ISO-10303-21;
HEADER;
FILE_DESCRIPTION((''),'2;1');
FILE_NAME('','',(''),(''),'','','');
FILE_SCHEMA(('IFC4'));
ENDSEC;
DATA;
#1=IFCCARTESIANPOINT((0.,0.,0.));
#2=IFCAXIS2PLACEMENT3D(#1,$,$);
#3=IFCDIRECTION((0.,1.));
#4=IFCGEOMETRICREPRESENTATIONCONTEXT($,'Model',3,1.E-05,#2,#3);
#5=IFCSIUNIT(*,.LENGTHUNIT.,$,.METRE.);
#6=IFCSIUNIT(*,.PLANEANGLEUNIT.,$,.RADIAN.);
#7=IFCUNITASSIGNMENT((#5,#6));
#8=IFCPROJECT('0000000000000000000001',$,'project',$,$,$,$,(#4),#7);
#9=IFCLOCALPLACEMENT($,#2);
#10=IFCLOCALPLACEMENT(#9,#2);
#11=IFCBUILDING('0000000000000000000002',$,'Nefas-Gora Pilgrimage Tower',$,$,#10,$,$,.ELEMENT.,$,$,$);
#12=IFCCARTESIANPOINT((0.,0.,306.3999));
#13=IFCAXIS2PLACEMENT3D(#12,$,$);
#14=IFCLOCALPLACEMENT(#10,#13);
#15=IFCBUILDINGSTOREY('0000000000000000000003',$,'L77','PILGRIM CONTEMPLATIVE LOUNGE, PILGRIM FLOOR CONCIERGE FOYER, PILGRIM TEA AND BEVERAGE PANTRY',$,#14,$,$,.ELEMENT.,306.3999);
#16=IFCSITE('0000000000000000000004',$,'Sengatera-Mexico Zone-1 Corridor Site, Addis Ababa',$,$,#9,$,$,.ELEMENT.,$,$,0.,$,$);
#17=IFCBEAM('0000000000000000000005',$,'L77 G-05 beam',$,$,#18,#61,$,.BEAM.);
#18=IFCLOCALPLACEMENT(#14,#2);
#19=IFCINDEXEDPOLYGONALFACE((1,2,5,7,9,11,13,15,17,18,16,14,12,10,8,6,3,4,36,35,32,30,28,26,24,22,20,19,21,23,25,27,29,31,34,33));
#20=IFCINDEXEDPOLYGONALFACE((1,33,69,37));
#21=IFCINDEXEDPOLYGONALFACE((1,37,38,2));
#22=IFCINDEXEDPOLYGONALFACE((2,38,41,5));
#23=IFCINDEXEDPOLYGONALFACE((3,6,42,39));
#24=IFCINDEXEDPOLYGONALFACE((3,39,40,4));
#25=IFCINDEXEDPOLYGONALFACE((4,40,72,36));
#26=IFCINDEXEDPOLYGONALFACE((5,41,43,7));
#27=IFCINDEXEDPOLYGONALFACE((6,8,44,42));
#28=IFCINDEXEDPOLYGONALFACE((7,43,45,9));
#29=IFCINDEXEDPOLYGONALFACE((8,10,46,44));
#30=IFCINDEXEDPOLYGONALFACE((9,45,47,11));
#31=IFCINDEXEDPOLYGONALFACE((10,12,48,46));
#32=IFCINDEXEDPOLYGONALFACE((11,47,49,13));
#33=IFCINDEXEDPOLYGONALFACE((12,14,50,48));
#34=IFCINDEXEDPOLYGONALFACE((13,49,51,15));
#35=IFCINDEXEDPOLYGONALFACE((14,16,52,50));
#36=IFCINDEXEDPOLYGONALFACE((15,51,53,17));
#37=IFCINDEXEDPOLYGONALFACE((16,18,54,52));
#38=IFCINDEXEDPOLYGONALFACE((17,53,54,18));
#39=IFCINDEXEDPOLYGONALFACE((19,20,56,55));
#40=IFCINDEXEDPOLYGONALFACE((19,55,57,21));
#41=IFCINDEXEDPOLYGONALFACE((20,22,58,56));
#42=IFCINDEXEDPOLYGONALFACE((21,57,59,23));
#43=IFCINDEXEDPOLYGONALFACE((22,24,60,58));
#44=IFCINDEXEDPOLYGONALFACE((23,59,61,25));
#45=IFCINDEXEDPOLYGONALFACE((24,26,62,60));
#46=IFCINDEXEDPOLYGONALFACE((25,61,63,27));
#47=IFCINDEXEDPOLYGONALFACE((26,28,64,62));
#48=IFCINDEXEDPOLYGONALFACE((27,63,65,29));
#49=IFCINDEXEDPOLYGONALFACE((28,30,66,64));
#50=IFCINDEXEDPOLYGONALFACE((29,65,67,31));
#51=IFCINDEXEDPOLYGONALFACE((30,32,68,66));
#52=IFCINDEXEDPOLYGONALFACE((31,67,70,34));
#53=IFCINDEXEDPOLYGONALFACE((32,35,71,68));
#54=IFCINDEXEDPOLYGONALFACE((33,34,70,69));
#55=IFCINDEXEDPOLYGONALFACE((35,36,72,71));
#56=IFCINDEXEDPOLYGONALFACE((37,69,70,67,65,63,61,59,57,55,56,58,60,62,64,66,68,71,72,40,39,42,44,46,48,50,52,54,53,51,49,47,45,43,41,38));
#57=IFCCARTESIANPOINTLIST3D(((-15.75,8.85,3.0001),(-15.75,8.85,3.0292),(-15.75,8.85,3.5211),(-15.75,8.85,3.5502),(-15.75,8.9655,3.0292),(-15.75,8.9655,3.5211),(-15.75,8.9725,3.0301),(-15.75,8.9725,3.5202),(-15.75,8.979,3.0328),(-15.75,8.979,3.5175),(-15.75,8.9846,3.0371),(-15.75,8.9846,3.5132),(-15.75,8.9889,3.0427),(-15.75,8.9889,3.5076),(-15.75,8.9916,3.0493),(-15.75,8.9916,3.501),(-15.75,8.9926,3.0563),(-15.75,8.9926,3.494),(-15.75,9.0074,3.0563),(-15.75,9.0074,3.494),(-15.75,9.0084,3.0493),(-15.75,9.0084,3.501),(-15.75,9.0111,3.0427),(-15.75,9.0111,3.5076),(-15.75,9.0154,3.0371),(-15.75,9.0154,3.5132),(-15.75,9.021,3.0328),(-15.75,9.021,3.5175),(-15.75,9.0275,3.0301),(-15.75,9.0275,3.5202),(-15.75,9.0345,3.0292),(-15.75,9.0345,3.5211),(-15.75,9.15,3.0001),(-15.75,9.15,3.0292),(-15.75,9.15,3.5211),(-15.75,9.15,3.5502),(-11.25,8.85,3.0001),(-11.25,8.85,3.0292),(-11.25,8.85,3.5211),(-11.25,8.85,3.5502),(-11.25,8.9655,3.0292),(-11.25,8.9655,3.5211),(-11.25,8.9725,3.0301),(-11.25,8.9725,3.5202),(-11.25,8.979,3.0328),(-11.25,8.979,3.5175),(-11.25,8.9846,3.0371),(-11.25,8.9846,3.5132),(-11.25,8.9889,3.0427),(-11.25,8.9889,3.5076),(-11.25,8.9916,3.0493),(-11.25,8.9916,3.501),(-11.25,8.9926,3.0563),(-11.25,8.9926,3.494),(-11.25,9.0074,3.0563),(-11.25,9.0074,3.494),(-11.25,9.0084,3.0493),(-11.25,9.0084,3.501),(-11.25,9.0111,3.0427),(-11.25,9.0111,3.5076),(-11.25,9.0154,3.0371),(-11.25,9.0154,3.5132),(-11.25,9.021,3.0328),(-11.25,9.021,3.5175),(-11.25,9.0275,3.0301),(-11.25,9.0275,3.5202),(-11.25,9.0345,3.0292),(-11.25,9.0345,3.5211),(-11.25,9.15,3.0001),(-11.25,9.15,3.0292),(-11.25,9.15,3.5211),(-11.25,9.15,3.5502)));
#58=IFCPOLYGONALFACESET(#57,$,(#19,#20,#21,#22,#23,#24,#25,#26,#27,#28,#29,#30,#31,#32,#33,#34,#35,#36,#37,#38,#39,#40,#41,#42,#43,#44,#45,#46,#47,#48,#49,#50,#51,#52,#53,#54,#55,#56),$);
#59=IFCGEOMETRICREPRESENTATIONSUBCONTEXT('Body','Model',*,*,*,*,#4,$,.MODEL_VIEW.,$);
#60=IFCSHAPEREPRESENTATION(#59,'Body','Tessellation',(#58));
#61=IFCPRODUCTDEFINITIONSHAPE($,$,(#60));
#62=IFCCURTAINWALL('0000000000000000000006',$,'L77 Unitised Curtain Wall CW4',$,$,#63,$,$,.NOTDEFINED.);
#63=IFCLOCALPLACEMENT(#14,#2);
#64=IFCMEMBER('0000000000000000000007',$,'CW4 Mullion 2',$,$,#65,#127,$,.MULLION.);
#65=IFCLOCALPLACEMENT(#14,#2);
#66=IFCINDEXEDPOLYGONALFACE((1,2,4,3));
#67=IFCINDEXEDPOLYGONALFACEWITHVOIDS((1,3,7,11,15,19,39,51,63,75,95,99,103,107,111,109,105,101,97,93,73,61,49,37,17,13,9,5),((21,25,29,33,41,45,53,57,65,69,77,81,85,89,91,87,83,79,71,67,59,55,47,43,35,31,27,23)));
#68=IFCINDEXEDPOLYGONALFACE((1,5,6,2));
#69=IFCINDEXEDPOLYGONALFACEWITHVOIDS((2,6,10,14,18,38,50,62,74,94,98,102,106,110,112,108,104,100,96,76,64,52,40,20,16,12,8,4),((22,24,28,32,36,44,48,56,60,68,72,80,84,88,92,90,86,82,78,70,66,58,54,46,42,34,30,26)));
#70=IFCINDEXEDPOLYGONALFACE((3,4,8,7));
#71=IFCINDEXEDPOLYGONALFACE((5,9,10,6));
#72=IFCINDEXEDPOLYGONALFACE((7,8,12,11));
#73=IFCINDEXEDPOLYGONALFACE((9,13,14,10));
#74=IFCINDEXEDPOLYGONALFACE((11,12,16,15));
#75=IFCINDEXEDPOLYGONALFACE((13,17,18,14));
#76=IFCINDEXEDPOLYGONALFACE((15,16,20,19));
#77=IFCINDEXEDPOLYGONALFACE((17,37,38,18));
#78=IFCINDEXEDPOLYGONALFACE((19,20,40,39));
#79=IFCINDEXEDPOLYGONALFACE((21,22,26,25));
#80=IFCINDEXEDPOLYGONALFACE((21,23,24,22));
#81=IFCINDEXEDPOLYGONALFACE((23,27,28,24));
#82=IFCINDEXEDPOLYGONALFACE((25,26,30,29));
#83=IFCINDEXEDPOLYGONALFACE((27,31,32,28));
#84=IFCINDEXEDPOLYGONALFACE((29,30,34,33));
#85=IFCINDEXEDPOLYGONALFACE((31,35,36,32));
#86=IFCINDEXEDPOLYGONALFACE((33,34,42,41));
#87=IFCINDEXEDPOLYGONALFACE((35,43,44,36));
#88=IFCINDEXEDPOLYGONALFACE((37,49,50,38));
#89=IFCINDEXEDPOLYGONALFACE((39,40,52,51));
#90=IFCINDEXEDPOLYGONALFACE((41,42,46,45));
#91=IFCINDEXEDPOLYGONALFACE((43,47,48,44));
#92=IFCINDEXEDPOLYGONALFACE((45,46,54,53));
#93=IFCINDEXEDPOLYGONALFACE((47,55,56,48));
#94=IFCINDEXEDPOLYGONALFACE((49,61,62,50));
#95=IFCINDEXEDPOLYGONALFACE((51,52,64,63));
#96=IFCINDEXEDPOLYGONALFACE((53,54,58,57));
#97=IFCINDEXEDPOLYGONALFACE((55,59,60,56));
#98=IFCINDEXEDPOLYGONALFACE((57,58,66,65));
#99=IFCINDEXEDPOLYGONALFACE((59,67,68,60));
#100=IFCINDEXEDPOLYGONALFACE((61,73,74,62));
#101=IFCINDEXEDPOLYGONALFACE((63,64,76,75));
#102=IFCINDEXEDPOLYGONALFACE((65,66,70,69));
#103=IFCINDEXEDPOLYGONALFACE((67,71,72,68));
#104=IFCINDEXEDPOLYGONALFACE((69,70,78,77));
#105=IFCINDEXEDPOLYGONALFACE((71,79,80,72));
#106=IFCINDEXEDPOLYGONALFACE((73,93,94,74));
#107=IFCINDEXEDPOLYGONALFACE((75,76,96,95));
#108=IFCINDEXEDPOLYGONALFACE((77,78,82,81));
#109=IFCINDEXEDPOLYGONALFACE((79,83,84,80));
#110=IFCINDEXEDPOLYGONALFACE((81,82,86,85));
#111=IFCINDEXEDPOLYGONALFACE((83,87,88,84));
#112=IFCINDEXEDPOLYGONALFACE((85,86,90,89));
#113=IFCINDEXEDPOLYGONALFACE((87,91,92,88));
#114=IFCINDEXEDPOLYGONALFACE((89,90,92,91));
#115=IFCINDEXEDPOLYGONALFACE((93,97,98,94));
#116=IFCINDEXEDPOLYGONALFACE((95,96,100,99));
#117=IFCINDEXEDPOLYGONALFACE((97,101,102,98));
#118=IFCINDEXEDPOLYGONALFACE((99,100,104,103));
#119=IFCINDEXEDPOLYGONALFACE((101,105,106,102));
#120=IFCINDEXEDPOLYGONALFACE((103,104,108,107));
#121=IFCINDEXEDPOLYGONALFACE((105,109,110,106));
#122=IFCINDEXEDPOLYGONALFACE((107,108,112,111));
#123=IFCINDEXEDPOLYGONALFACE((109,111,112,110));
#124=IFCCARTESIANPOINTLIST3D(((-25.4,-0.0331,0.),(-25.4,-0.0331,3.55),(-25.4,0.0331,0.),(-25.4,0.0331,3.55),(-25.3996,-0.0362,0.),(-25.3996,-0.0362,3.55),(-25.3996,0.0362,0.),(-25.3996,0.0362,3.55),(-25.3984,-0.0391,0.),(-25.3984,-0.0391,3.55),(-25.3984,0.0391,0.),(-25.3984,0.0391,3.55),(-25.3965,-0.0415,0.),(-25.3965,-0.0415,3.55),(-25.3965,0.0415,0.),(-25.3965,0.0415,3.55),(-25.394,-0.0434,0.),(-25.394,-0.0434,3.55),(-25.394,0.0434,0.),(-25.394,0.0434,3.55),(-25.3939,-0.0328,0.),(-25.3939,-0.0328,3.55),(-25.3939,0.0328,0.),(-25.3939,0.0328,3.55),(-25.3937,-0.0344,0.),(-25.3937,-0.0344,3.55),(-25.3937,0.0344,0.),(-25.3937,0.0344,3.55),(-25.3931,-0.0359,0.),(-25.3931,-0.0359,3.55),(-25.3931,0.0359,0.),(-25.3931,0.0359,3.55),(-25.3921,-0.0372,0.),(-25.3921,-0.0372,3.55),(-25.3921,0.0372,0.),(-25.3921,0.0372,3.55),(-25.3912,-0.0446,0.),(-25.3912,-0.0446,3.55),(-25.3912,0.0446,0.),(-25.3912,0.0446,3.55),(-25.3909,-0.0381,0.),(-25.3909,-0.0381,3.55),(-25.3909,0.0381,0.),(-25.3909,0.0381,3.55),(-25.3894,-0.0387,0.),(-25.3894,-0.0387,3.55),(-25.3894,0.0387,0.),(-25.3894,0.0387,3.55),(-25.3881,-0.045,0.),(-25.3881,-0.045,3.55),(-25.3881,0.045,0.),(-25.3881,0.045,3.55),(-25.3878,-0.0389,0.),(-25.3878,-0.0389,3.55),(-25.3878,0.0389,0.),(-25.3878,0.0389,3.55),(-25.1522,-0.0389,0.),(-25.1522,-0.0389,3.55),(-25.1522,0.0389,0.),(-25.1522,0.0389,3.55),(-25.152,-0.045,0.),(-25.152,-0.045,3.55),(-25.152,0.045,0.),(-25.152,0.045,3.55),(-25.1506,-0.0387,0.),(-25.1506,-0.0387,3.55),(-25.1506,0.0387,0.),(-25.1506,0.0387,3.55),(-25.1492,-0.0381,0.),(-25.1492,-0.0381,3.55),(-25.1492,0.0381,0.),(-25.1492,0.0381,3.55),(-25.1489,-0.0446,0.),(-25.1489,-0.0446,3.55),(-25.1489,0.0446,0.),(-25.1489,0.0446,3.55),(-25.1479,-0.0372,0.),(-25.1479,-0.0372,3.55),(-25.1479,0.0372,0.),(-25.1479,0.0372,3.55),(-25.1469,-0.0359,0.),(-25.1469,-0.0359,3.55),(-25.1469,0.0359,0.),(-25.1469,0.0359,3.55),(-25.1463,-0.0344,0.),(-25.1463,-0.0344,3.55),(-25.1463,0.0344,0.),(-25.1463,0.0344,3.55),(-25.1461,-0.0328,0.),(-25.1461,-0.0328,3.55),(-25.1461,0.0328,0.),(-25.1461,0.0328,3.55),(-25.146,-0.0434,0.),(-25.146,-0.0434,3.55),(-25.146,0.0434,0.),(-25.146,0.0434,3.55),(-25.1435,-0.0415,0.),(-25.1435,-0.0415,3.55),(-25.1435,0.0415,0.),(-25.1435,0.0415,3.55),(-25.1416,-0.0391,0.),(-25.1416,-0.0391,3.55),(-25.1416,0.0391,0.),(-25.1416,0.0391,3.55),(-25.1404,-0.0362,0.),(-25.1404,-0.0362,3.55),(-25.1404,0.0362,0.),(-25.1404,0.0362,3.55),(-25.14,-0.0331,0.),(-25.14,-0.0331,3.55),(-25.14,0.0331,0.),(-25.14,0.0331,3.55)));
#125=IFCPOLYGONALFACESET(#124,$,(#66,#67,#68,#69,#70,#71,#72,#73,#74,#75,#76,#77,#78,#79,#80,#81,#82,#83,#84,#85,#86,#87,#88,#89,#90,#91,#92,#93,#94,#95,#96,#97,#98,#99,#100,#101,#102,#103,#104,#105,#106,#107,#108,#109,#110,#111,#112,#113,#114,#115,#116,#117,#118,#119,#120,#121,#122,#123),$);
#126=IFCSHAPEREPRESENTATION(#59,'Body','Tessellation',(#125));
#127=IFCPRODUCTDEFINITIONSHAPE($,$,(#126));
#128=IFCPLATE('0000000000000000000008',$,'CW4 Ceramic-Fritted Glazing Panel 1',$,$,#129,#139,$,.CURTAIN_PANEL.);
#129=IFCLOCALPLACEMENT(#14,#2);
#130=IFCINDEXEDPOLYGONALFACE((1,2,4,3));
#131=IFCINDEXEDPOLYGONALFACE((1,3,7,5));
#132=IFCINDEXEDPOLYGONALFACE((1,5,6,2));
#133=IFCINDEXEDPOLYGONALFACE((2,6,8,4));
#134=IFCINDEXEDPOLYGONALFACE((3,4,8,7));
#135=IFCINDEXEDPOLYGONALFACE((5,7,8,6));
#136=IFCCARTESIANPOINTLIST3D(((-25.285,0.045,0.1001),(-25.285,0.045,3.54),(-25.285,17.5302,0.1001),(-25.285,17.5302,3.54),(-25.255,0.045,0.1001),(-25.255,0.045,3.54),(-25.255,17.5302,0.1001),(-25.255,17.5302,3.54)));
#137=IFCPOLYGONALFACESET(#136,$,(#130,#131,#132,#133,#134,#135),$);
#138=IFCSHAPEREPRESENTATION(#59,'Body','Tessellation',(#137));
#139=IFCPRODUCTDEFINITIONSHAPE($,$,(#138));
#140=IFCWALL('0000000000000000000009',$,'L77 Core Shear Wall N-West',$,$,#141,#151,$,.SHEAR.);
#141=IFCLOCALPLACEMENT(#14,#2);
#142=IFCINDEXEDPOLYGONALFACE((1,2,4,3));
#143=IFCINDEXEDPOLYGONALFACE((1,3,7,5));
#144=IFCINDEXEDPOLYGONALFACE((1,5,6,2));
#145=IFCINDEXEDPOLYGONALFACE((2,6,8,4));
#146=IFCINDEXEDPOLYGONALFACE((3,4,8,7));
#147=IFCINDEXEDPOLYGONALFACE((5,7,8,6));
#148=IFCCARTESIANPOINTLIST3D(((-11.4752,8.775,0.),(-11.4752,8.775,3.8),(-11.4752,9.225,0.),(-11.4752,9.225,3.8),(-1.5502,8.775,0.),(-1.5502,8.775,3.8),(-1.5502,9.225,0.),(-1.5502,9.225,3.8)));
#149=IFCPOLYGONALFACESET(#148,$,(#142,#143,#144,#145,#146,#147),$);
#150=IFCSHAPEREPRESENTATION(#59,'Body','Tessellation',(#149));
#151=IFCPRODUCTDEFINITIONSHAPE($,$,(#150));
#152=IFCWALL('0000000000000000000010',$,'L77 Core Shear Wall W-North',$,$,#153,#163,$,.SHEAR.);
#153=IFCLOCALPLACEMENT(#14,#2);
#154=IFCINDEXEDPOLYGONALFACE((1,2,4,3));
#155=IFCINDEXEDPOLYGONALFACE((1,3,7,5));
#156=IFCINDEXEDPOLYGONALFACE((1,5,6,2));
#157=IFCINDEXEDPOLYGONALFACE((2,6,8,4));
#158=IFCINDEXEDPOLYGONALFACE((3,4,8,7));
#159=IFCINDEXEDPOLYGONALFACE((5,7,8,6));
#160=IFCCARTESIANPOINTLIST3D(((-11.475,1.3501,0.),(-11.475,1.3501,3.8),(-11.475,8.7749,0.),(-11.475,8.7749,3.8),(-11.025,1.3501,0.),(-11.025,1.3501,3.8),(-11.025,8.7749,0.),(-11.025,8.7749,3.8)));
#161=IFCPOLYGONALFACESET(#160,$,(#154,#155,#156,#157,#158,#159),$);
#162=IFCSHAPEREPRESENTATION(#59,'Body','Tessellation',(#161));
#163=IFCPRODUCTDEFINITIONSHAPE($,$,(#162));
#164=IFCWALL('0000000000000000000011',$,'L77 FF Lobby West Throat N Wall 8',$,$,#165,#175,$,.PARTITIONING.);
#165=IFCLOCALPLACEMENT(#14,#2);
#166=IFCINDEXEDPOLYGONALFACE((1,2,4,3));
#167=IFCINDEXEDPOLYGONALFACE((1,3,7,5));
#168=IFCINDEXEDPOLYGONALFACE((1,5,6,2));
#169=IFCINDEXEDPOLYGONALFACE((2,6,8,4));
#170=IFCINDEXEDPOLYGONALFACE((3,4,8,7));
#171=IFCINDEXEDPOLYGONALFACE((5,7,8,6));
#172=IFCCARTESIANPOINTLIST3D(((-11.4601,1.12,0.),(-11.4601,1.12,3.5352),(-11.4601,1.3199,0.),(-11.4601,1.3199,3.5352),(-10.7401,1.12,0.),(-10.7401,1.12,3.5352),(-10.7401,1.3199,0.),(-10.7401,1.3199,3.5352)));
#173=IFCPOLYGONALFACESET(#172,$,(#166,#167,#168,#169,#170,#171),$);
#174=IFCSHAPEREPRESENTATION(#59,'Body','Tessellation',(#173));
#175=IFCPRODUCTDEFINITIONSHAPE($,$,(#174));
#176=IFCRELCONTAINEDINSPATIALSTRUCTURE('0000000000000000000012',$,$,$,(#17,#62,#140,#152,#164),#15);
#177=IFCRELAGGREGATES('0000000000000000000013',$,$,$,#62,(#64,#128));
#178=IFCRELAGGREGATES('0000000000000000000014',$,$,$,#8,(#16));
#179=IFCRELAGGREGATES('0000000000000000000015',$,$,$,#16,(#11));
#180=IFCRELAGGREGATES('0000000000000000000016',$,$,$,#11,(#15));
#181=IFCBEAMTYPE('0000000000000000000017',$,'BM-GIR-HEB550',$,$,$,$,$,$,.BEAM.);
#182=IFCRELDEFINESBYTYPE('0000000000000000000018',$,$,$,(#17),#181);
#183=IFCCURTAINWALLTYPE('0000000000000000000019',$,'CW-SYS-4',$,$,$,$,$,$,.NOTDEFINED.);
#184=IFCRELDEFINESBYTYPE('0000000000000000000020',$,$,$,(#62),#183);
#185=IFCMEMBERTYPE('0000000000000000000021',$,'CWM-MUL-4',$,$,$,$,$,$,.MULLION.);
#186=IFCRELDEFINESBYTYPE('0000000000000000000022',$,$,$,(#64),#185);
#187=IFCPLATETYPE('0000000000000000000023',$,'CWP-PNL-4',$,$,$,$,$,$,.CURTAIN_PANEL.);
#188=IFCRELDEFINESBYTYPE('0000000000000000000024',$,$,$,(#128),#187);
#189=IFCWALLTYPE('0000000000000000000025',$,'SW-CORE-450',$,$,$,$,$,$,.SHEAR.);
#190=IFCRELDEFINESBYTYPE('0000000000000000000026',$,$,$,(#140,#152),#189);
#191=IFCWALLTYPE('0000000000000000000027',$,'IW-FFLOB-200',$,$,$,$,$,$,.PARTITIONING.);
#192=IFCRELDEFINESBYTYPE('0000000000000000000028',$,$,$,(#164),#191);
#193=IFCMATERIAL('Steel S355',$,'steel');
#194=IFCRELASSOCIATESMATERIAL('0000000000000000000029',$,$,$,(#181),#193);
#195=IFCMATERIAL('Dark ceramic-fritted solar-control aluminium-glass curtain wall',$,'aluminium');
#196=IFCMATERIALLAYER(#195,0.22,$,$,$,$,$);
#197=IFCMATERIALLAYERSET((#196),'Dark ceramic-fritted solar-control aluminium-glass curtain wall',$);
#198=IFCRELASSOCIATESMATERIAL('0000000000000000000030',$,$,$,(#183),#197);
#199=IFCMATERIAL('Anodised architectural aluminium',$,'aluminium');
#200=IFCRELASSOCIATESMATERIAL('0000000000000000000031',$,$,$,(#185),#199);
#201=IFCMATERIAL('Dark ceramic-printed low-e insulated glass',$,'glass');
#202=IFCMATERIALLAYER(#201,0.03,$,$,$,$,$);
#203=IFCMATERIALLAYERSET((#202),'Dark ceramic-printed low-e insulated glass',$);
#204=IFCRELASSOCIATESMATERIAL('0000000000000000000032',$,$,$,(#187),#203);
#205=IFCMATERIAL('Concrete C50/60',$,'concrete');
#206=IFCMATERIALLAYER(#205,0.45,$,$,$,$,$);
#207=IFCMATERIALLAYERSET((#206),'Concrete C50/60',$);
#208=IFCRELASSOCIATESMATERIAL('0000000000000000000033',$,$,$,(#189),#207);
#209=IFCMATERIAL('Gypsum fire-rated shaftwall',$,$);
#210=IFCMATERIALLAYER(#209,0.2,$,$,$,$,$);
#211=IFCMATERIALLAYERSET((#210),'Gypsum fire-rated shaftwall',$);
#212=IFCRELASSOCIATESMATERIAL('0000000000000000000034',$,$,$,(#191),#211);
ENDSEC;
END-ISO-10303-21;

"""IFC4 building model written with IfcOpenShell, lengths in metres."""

from ifc_helpers import new_model, si_unit, direction, frame, frame_2d, origin, origin_2d, place, context, subcontext, project, spatial, rectangle, hollow_rectangle, i_section, extrude, source, transform, mapped, material, layer, layer_set, material_profile, profile_set, type_object, element, aggregate, save


model = new_model("IFC4")

# Units and contexts
model_context = context("Model", 3, precision=1e-05, world=origin(), true_north=direction((0.0, 1.0)))
body_context = subcontext(model_context, "Body", "Model", "MODEL_VIEW")
ifc_project = project(units=[si_unit("LENGTHUNIT", "METRE"), si_unit("PLANEANGLEUNIT", "RADIAN")], contexts=[model_context])

# Site, building, storey
site_placement = place(None, origin())
site = spatial("IfcSite", under=ifc_project, at=site_placement, Name="Sengatera-Mexico Zone-1 Corridor Site, Addis Ababa", CompositionType="ELEMENT", RefElevation=0.0)
building_placement = place(site_placement, origin())
building = spatial("IfcBuilding", under=site, at=building_placement, Name="Nefas-Gora Pilgrimage Tower", CompositionType="ELEMENT")
storey_placement = place(building_placement, frame((0.0, 0.0, 306.3999)))
storey = spatial("IfcBuildingStorey", under=building, at=storey_placement, Name="L77", Description="PILGRIM CONTEMPLATIVE LOUNGE, PILGRIM FLOOR CONCIERGE FOYER, PILGRIM TEA AND BEVERAGE PANTRY", CompositionType="ELEMENT", Elevation=306.3999)

# Shared definitions
ifc_material_1 = material(Name="Steel S355", Category="steel")

# Beam
ifc_material_profile_1 = material_profile(ifc_material_1, i_section(OverallWidth=0.3, OverallDepth=0.55, WebThickness=0.0149, FlangeThickness=0.0291, FilletRadius=0.0271, at=origin_2d()), Name="HEB 550")
ifc_profile_set_1 = profile_set([ifc_material_profile_1], Name="Steel S355")
beam_type_1 = type_object("IfcBeamType", Name="BM-GIR-HEB550", PredefinedType="BEAM", material=ifc_profile_set_1)
shared_shape_1 = source(origin(), body_context, "Body", "SweptSolid", [
    extrude(i_section(OverallWidth=0.3, OverallDepth=0.55, WebThickness=0.0149, FlangeThickness=0.0291, FilletRadius=0.0271, at=origin_2d()), origin(), (0.0, 0.0, 1.0), 4.5),
])
for number, where, z_axis, x_axis, name in (
    (1, (-15.75, 9.0, 3.2751), (1.0, 0.0, 0.0), (0.0, 1.0, 0.0), "L77 G-05 beam"),
):
    element("IfcBeam", number, at=place(storey_placement, frame(where, z_axis=z_axis, x_axis=x_axis)), inside=storey, type_object=beam_type_1, Name=name, PredefinedType="BEAM", context=body_context, shape_type="MappedRepresentation", body=[
        mapped(shared_shape_1, transform((0.0, 0.0, 0.0), x_axis=(1.0, 0.0, 0.0), y_axis=(0.0, 1.0, 0.0), z_axis=(0.0, 0.0, 1.0), scale=1.0)),
    ])

# Curtain wall, member, plate
ifc_material_2 = material(Name="Dark ceramic-fritted solar-control aluminium-glass curtain wall", Category="aluminium")
ifc_layer_1 = layer(ifc_material_2, 0.22)
ifc_layer_set_1 = layer_set([ifc_layer_1], Name="Dark ceramic-fritted solar-control aluminium-glass curtain wall")
curtain_wall_type = type_object("IfcCurtainWallType", Name="CW-SYS-4", PredefinedType="NOTDEFINED", material=ifc_layer_set_1)
curtain_wall_placement = place(storey_placement, origin())
curtain_wall = element("IfcCurtainWall", 2, at=curtain_wall_placement, inside=storey, type_object=curtain_wall_type, Name="L77 Unitised Curtain Wall CW4", PredefinedType="NOTDEFINED")
ifc_material_3 = material(Name="Anodised architectural aluminium", Category="aluminium")
ifc_material_profile_2 = material_profile(ifc_material_3, hollow_rectangle(XDim=0.0901, YDim=0.26, WallThickness=0.0061, InnerFilletRadius=0.0061, OuterFilletRadius=0.012, at=origin_2d()), Name="ALU MULLION 90x260")
ifc_profile_set_2 = profile_set([ifc_material_profile_2], Name="Anodised architectural aluminium")
member_type = type_object("IfcMemberType", Name="CWM-MUL-4", PredefinedType="MULLION", material=ifc_profile_set_2)
shared_shape_2 = source(origin(), body_context, "Body", "SweptSolid", [
    extrude(hollow_rectangle(XDim=0.0901, YDim=0.26, WallThickness=0.0061, InnerFilletRadius=0.0061, OuterFilletRadius=0.012, at=origin_2d()), origin(), (0.0, 0.0, 1.0), 3.55),
])
member_placement = place(storey_placement, frame((-25.27, 0.0, 0.0), z_axis=(0.0, 0.0, 1.0), x_axis=(0.0, -1.0, 0.0)))
member = element("IfcMember", 3, at=member_placement, type_object=member_type, Name="CW4 Mullion 2", PredefinedType="MULLION", context=body_context, shape_type="MappedRepresentation", body=[
    mapped(shared_shape_2, transform((0.0, 0.0, 0.0), x_axis=(1.0, 0.0, 0.0), y_axis=(0.0, 1.0, 0.0), z_axis=(0.0, 0.0, 1.0), scale=1.0)),
])
ifc_material_4 = material(Name="Dark ceramic-printed low-e insulated glass", Category="glass")
ifc_layer_2 = layer(ifc_material_4, 0.03)
ifc_layer_set_2 = layer_set([ifc_layer_2], Name="Dark ceramic-printed low-e insulated glass")
plate_type = type_object("IfcPlateType", Name="CWP-PNL-4", PredefinedType="CURTAIN_PANEL", material=ifc_layer_set_2)
shared_shape_3 = source(origin(), body_context, "Body", "SweptSolid", [
    extrude(rectangle(XDim=17.4851, YDim=0.03, at=origin_2d()), origin(), (0.0, 0.0, 1.0), 3.4399),
])
plate_placement = place(storey_placement, frame((-25.27, 8.7876, 0.1001), z_axis=(0.0, 0.0, 1.0), x_axis=(0.0, -1.0, 0.0)))
plate = element("IfcPlate", 4, at=plate_placement, type_object=plate_type, Name="CW4 Ceramic-Fritted Glazing Panel 1", PredefinedType="CURTAIN_PANEL", context=body_context, shape_type="MappedRepresentation", body=[
    mapped(shared_shape_3, transform((0.0, 0.0, 0.0), x_axis=(1.0, 0.0, 0.0), y_axis=(0.0, 1.0, 0.0), z_axis=(0.0, 0.0, 1.0), scale=1.0)),
])
aggregate(curtain_wall, [member, plate])

# Walls
ifc_material_5 = material(Name="Concrete C50/60", Category="concrete")
ifc_layer_3 = layer(ifc_material_5, 0.45)
ifc_layer_set_3 = layer_set([ifc_layer_3], Name="Concrete C50/60")
wall_type_1 = type_object("IfcWallType", Name="SW-CORE-450", PredefinedType="SHEAR", material=ifc_layer_set_3)
shared_shape_4 = source(origin(), body_context, "Body", "SweptSolid", [
    extrude(rectangle(XDim=9.925, YDim=0.45, at=frame_2d((4.9624, 0.0))), origin(), (0.0, 0.0, 1.0), 3.8),
])
wall_1_placement = place(storey_placement, frame((-11.4751, 9.0, 0.0), z_axis=(0.0, 0.0, 1.0), x_axis=(1.0, 0.0, 0.0)))
element("IfcWall", 5, at=wall_1_placement, inside=storey, type_object=wall_type_1, Name="L77 Core Shear Wall N-West", PredefinedType="SHEAR", context=body_context, shape_type="MappedRepresentation", body=[
    mapped(shared_shape_4, transform((0.0, 0.0, 0.0), x_axis=(1.0, 0.0, 0.0), y_axis=(0.0, 1.0, 0.0), z_axis=(0.0, 0.0, 1.0), scale=1.0)),
])
shared_shape_5 = source(origin(), body_context, "Body", "SweptSolid", [
    extrude(rectangle(XDim=7.4248, YDim=0.45, at=frame_2d((3.7124, 0.0))), origin(), (0.0, 0.0, 1.0), 3.8),
])
wall_2_placement = place(storey_placement, frame((-11.25, 1.3501, 0.0), z_axis=(0.0, 0.0, 1.0), x_axis=(0.0, 1.0, 0.0)))
element("IfcWall", 6, at=wall_2_placement, inside=storey, type_object=wall_type_1, Name="L77 Core Shear Wall W-North", PredefinedType="SHEAR", context=body_context, shape_type="MappedRepresentation", body=[
    mapped(shared_shape_5, transform((0.0, 0.0, 0.0), x_axis=(1.0, 0.0, 0.0), y_axis=(0.0, 1.0, 0.0), z_axis=(0.0, 0.0, 1.0), scale=1.0)),
])
ifc_material_6 = material(Name="Gypsum fire-rated shaftwall")
ifc_layer_4 = layer(ifc_material_6, 0.2)
ifc_layer_set_4 = layer_set([ifc_layer_4], Name="Gypsum fire-rated shaftwall")
wall_type_2 = type_object("IfcWallType", Name="IW-FFLOB-200", PredefinedType="PARTITIONING", material=ifc_layer_set_4)
shared_shape_6 = source(origin(), body_context, "Body", "SweptSolid", [
    extrude(rectangle(XDim=0.72, YDim=0.2, at=frame_2d((0.3599, 0.0))), origin(), (0.0, 0.0, 1.0), 3.5352),
])
wall_3_placement = place(storey_placement, frame((-11.46, 1.22, 0.0), z_axis=(0.0, 0.0, 1.0), x_axis=(1.0, 0.0, 0.0)))
element("IfcWall", 7, at=wall_3_placement, inside=storey, type_object=wall_type_2, Name="L77 FF Lobby West Throat N Wall 8", PredefinedType="PARTITIONING", context=body_context, shape_type="MappedRepresentation", body=[
    mapped(shared_shape_6, transform((0.0, 0.0, 0.0), x_axis=(1.0, 0.0, 0.0), y_axis=(0.0, 1.0, 0.0), z_axis=(0.0, 0.0, 1.0), scale=1.0)),
])

save(model, "model.ifc")
